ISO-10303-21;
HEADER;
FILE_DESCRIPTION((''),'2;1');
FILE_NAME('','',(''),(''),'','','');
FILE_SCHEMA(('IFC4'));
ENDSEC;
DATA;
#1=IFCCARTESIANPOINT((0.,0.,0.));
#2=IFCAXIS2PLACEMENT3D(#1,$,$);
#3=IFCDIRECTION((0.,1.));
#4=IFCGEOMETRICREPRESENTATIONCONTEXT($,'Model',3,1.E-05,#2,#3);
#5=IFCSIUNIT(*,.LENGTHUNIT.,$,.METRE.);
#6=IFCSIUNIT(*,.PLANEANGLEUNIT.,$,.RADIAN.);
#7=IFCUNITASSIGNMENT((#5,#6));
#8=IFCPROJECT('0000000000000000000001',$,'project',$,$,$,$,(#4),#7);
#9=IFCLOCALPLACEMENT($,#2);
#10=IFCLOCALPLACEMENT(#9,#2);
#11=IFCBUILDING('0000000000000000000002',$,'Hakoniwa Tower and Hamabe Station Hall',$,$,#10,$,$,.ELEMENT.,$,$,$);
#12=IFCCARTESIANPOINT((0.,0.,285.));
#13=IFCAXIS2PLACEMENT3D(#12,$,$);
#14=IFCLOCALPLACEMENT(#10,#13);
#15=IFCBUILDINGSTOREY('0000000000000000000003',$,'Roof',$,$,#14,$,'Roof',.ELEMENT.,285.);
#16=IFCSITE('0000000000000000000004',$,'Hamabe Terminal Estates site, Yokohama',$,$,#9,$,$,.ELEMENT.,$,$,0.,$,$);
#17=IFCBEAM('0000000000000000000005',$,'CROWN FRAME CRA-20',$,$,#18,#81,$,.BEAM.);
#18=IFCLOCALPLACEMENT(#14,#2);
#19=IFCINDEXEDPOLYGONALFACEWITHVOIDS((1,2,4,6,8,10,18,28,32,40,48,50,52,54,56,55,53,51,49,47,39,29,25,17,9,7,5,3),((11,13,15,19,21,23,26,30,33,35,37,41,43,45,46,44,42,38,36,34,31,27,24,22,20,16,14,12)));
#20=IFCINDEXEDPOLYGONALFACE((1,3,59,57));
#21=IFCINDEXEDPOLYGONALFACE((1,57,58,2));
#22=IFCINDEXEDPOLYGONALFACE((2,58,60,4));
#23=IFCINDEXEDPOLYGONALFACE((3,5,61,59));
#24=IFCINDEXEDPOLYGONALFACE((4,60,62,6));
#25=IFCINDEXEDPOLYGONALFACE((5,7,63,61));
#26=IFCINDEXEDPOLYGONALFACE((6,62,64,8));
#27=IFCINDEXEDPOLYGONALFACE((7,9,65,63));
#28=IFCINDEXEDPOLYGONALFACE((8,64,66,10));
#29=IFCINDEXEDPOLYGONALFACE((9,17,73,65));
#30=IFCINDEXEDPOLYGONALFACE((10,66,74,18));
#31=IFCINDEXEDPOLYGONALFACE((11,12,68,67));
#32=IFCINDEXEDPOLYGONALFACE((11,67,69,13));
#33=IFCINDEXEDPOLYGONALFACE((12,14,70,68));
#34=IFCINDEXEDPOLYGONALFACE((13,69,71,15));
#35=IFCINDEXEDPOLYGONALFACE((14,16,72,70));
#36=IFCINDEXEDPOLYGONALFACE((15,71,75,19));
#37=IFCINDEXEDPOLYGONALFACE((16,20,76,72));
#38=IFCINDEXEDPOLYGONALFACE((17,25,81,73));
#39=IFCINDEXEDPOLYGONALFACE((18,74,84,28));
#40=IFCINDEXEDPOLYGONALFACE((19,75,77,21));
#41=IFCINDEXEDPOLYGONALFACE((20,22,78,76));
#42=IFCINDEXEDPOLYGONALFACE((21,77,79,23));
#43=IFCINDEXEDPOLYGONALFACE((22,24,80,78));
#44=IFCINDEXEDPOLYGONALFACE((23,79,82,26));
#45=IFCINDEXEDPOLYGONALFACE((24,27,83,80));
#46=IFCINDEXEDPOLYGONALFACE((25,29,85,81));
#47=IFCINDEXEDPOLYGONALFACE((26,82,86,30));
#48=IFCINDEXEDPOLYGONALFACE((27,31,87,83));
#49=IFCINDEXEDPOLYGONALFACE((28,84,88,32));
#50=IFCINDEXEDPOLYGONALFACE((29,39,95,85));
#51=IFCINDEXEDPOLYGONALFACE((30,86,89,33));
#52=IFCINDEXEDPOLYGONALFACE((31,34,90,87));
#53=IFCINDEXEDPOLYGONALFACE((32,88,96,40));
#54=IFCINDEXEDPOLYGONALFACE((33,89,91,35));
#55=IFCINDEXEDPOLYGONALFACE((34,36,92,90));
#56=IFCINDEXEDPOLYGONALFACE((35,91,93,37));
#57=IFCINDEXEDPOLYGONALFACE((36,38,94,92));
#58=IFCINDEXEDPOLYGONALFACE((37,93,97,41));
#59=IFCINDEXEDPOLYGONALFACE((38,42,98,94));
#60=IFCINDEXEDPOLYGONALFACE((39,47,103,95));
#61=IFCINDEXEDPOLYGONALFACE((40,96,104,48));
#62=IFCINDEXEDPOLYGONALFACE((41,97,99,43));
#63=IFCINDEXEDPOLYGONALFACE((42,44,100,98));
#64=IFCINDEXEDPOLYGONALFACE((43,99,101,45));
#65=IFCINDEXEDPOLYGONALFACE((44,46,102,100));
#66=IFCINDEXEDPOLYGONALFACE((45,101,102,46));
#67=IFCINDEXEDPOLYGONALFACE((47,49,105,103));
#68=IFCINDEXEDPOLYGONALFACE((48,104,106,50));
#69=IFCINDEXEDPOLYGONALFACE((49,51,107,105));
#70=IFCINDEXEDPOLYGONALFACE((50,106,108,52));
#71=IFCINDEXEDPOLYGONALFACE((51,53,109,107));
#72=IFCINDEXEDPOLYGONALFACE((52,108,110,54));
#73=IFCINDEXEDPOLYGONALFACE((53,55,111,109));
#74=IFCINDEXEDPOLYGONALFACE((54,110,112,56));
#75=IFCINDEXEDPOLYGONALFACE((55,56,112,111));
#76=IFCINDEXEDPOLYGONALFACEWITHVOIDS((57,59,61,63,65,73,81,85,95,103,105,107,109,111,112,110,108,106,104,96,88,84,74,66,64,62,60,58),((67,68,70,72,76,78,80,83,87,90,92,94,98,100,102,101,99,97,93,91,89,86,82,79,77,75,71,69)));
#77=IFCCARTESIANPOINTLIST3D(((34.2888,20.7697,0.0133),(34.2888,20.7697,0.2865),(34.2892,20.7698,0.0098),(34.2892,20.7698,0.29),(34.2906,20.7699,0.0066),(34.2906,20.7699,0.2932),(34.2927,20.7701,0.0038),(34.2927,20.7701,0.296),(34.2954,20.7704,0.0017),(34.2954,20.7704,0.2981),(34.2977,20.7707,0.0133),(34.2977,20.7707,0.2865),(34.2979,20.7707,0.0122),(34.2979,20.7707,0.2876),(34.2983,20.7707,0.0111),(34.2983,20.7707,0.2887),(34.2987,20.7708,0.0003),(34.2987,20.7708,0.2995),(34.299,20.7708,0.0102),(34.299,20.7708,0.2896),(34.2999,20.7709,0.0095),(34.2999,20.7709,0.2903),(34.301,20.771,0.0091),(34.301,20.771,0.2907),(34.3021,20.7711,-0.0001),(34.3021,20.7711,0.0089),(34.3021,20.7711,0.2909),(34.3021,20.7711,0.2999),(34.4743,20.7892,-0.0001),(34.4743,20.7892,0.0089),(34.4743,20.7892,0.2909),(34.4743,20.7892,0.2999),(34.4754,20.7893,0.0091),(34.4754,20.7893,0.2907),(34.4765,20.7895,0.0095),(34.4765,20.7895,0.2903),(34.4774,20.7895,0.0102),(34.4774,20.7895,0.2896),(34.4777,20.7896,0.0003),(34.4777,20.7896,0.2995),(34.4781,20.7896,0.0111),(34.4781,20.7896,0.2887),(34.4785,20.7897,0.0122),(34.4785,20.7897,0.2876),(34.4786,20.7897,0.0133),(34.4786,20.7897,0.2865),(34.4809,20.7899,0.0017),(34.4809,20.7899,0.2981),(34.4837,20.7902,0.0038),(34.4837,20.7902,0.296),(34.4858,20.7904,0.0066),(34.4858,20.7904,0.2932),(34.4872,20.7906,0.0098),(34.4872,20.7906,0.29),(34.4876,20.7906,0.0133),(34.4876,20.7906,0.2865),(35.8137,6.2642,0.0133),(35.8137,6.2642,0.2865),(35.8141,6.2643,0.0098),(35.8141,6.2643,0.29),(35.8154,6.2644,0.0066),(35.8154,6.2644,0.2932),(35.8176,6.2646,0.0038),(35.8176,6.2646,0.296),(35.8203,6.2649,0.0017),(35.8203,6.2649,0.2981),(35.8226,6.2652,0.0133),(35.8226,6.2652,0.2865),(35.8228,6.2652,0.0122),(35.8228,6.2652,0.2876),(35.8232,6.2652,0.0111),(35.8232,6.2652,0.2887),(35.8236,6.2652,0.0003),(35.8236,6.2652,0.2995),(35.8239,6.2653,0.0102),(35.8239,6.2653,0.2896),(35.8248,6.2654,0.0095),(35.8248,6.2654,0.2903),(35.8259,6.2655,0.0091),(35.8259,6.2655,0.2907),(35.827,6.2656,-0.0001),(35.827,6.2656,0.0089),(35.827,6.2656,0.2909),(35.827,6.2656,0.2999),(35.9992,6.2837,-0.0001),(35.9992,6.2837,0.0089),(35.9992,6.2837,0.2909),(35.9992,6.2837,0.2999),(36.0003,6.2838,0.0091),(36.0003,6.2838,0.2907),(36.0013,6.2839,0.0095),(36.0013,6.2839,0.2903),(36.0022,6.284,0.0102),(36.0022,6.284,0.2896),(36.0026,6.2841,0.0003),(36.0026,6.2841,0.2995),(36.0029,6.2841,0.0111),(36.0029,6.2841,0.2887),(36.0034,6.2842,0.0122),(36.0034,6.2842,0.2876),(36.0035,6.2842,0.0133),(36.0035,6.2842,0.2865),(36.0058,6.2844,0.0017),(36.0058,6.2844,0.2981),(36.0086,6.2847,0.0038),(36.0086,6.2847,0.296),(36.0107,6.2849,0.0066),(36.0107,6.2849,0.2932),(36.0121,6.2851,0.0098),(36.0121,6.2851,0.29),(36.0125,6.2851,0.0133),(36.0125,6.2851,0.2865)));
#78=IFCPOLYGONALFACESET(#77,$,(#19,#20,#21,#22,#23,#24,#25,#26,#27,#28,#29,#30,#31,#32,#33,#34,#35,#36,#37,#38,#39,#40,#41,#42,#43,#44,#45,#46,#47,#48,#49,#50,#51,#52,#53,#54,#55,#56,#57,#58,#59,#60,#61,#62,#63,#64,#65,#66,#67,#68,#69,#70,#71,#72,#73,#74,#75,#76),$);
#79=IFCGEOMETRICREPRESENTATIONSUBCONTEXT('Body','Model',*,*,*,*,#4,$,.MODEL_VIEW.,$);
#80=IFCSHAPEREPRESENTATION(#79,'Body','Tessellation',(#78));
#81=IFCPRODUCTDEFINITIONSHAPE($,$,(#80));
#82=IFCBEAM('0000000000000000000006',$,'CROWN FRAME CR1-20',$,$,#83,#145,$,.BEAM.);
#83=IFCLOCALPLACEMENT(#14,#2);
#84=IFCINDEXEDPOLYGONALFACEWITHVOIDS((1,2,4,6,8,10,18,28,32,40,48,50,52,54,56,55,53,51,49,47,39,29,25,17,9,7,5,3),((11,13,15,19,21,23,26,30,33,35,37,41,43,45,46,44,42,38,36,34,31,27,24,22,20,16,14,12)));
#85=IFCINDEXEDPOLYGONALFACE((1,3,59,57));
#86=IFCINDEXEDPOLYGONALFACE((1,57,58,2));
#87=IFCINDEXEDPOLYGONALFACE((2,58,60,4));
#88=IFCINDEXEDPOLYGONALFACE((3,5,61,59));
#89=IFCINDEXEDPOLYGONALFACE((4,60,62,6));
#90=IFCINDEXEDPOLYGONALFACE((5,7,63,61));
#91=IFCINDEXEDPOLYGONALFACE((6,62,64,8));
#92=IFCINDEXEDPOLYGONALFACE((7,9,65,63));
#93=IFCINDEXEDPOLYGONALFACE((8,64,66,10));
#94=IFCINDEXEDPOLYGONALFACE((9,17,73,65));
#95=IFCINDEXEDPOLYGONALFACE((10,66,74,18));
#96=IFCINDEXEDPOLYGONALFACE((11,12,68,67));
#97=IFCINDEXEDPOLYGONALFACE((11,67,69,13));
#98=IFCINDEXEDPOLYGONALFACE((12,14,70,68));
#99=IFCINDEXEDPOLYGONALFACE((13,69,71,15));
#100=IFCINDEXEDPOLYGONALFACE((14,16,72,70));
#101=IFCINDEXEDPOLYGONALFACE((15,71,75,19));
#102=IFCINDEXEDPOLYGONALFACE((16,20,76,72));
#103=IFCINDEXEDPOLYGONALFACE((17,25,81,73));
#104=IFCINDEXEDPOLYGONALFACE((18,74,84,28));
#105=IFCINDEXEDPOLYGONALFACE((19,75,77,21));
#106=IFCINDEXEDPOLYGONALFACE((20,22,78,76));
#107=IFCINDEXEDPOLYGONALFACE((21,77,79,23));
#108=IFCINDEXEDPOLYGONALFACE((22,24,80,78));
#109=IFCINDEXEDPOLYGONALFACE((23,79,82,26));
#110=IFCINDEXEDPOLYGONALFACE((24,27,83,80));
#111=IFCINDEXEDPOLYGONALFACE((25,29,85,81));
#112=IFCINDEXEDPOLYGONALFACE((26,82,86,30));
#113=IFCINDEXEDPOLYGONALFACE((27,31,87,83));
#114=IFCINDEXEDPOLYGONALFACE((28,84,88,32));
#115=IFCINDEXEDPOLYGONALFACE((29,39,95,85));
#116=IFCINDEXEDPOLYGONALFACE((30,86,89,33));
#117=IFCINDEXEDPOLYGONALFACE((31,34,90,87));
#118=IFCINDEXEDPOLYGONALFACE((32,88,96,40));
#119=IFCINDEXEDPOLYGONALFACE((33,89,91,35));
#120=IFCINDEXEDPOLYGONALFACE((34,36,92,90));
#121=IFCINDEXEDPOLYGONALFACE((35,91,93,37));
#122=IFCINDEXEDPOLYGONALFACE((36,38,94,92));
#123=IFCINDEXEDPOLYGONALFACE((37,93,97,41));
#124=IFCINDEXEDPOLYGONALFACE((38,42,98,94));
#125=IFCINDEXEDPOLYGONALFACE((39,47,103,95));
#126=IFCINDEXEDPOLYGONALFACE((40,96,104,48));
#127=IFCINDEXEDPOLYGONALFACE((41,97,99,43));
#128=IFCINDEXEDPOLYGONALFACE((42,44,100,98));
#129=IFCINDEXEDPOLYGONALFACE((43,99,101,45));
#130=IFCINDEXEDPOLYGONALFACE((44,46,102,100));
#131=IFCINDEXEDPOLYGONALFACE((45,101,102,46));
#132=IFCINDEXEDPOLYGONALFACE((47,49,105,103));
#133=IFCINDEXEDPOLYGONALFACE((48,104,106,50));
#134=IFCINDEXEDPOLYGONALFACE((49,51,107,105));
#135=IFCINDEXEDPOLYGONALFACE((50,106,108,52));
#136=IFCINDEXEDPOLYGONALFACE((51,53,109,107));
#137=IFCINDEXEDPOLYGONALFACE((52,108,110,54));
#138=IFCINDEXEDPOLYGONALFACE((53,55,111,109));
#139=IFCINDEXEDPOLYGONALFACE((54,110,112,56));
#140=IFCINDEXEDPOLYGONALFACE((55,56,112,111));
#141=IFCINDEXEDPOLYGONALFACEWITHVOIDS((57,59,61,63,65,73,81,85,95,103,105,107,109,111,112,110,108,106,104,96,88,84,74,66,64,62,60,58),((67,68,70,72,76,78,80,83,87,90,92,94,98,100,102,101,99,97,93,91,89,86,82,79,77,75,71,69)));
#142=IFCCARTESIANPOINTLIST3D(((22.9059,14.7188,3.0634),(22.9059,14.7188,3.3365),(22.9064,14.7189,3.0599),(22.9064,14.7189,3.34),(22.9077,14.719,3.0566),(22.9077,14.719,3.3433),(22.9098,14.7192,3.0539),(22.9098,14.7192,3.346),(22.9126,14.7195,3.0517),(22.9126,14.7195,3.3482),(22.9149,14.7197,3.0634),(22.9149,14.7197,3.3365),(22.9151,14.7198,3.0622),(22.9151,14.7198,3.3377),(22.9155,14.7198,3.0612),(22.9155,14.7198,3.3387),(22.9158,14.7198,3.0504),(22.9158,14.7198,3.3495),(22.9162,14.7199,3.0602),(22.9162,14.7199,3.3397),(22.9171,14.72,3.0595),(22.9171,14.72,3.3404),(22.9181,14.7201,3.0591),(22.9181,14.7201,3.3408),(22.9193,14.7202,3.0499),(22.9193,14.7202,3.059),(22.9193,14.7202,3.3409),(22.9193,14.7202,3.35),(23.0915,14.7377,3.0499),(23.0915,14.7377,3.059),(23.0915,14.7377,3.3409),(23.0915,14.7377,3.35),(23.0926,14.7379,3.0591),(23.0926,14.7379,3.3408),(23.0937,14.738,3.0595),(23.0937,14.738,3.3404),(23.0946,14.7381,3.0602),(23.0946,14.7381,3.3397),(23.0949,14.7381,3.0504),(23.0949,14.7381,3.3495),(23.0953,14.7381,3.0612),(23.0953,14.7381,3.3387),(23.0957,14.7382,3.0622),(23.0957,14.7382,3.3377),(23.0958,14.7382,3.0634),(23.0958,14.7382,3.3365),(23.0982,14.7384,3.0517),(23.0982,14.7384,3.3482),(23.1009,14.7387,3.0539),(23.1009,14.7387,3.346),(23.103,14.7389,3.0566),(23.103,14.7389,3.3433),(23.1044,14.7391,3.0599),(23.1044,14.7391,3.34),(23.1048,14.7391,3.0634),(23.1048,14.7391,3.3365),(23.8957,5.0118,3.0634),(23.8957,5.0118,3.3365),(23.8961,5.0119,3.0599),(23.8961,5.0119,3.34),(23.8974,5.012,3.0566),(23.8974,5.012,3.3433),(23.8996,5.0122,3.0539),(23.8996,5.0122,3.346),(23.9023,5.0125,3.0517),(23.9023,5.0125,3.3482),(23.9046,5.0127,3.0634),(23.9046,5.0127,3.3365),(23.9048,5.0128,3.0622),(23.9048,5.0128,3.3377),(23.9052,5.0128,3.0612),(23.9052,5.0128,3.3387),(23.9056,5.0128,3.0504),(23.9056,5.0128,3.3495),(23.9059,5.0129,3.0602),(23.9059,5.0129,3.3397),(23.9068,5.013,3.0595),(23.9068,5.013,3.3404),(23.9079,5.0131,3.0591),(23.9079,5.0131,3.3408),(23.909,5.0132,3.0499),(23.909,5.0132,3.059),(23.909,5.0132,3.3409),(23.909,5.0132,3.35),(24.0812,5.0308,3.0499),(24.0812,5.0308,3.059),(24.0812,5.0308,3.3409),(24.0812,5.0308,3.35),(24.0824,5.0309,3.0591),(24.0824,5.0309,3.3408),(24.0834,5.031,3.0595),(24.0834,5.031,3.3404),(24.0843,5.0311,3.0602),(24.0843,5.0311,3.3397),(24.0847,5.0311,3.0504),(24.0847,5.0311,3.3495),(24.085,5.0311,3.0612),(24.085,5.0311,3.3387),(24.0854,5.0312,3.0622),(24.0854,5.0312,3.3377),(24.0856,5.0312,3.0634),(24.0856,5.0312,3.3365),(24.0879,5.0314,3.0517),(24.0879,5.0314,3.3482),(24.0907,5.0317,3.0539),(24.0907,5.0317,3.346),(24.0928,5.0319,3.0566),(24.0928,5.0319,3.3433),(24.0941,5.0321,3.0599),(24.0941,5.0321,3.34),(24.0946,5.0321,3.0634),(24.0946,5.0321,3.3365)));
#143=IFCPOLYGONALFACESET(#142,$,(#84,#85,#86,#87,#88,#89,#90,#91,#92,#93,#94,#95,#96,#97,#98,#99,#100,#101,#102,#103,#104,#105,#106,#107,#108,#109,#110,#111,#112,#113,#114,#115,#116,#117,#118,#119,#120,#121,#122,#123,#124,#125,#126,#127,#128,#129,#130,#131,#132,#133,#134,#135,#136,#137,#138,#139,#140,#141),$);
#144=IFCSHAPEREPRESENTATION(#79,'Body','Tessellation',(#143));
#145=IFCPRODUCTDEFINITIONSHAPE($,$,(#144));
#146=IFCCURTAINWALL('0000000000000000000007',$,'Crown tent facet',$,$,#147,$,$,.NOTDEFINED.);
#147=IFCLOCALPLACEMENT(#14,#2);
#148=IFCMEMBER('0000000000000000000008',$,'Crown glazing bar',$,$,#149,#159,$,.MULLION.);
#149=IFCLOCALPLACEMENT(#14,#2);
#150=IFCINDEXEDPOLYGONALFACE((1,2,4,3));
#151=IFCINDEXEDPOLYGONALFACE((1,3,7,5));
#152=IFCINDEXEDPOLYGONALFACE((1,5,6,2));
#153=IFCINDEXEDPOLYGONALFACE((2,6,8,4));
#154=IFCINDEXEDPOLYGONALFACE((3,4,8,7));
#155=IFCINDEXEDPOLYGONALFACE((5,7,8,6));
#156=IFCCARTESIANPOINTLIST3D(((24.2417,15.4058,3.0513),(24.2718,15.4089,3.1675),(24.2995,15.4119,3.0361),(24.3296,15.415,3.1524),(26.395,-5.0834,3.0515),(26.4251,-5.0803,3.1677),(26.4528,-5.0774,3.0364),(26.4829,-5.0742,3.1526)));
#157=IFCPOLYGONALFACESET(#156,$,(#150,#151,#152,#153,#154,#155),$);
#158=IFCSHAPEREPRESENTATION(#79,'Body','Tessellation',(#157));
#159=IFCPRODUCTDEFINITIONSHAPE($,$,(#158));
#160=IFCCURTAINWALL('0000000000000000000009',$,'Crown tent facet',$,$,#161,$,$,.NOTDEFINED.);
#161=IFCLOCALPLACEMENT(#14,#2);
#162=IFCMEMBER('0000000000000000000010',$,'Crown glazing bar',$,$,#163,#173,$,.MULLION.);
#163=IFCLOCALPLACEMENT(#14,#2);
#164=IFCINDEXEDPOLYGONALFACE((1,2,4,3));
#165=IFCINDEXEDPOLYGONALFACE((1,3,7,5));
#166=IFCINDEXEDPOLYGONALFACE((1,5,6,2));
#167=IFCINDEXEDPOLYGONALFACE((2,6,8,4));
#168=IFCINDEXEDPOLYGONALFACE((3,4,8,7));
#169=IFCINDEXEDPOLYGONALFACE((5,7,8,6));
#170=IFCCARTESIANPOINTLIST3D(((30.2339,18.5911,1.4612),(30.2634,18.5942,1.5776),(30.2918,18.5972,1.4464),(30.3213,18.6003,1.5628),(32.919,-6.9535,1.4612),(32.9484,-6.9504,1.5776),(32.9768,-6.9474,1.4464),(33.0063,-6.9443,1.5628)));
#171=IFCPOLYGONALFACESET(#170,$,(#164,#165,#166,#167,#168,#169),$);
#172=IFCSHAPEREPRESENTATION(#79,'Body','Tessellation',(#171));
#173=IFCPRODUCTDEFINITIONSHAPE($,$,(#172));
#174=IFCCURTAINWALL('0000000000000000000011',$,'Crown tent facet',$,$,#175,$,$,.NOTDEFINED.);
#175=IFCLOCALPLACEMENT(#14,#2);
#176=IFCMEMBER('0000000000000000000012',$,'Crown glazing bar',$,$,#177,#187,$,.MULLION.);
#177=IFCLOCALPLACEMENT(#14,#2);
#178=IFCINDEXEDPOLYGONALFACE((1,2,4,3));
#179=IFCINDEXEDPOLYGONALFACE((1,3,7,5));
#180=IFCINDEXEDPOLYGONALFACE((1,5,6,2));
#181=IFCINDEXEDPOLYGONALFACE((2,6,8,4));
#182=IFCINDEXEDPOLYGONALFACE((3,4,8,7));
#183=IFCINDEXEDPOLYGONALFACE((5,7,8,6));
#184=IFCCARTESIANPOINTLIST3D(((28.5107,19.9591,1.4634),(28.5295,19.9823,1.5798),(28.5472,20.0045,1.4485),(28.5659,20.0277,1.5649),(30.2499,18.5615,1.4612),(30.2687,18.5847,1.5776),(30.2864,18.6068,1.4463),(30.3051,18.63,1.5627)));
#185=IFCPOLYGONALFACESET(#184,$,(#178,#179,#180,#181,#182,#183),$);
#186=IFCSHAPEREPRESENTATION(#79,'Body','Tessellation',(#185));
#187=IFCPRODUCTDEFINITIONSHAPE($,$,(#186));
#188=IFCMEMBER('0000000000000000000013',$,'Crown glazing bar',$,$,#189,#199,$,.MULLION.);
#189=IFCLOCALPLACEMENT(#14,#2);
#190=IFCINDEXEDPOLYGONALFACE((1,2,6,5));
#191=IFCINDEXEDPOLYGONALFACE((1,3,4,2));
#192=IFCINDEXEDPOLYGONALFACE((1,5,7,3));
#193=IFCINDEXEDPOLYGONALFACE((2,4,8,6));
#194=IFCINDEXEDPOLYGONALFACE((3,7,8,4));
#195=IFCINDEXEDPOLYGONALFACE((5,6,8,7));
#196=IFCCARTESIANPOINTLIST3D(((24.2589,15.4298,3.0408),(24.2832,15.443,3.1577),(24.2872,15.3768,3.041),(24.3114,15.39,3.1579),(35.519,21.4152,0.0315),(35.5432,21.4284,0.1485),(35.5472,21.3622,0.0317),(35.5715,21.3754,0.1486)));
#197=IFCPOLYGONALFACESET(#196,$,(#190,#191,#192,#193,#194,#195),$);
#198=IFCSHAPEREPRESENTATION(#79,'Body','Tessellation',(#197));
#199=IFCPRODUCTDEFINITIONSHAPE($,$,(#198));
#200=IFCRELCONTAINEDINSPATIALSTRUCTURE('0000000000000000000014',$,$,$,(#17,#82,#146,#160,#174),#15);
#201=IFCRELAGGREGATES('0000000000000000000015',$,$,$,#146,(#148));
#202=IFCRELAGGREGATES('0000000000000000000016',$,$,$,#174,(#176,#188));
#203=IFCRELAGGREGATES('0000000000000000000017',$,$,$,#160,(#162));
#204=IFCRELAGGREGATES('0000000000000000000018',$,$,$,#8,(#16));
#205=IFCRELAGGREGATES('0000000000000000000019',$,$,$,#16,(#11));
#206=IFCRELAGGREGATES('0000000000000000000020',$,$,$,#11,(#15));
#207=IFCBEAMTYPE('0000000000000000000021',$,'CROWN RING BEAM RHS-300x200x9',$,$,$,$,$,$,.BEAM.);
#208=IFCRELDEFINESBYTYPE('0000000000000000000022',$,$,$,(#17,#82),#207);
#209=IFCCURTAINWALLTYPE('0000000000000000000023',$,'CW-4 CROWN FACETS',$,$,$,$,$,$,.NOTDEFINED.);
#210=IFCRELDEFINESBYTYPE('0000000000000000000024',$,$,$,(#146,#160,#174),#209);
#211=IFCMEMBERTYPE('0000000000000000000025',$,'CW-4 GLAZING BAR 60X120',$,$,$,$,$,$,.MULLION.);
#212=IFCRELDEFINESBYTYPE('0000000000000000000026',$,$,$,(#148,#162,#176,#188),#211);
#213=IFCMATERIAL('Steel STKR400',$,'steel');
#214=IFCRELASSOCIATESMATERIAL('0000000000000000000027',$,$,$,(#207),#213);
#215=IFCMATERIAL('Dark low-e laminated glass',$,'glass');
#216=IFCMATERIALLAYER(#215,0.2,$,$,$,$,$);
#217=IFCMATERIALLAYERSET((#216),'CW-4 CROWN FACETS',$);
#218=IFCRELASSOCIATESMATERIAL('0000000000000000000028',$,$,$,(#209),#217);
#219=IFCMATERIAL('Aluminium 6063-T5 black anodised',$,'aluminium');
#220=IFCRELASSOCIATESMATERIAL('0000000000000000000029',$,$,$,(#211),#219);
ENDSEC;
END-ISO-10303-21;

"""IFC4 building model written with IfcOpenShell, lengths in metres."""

from ifc_helpers import new_model, si_unit, direction, frame, origin, origin_2d, place, context, subcontext, project, spatial, rectangle, hollow_rectangle, extrude, material, layer, layer_set, material_profile, profile_set, type_object, element, aggregate, save


model = new_model("IFC4")

# Units and contexts
model_context = context("Model", 3, precision=1e-05, world=origin(), true_north=direction((0.0, 1.0)))
body_context = subcontext(model_context, "Body", "Model", "MODEL_VIEW")
ifc_project = project(units=[si_unit("LENGTHUNIT", "METRE"), si_unit("PLANEANGLEUNIT", "RADIAN")], contexts=[model_context])

# Site, building, storey
site_placement = place(None, origin())
site = spatial("IfcSite", under=ifc_project, at=site_placement, Name="Hamabe Terminal Estates site, Yokohama", CompositionType="ELEMENT", RefElevation=0.0)
building_placement = place(site_placement, origin())
building = spatial("IfcBuilding", under=site, at=building_placement, Name="Hakoniwa Tower and Hamabe Station Hall", CompositionType="ELEMENT")
storey_placement = place(building_placement, frame((0.0, 0.0, 285.0)))
storey = spatial("IfcBuildingStorey", under=building, at=storey_placement, Name="Roof", LongName="Roof", CompositionType="ELEMENT", Elevation=285.0)

# Beams
ifc_material_1 = material(Name="Steel STKR400", Category="steel")
ifc_material_profile_1 = material_profile(ifc_material_1, hollow_rectangle(XDim=0.2, YDim=0.3, WallThickness=0.009, InnerFilletRadius=0.0044, OuterFilletRadius=0.0134, at=origin_2d()), Name="RHS-300x200x9")
ifc_profile_set_1 = profile_set([ifc_material_profile_1], Name="Steel STKR400")
beam_type = type_object("IfcBeamType", Name="CROWN RING BEAM RHS-300x200x9", PredefinedType="BEAM", material=ifc_profile_set_1)
beam_1_placement = place(storey_placement, frame((35.9131, 6.2747, 0.1499), z_axis=(-0.104549, 0.99452, 0.0), x_axis=(-0.99452, -0.104549, 0.0)))
element("IfcBeam", 1, at=beam_1_placement, inside=storey, type_object=beam_type, Name="CROWN FRAME CRA-20", PredefinedType="BEAM", context=body_context, shape_type="SweptSolid", body=[
    extrude(hollow_rectangle(XDim=0.2, YDim=0.3, WallThickness=0.009, InnerFilletRadius=0.0044, OuterFilletRadius=0.0134, at=origin_2d()), origin(), (0.0, 0.0, 1.0), 14.5854),
])
beam_2_placement = place(storey_placement, frame((23.9951, 5.022, 3.2), z_axis=(-0.101436, 0.994842, 0.0), x_axis=(-0.994842, -0.101436, 0.0)))
element("IfcBeam", 2, at=beam_2_placement, inside=storey, type_object=beam_type, Name="CROWN FRAME CR1-20", PredefinedType="BEAM", context=body_context, shape_type="SweptSolid", body=[
    extrude(hollow_rectangle(XDim=0.2, YDim=0.3, WallThickness=0.009, InnerFilletRadius=0.0044, OuterFilletRadius=0.0134, at=origin_2d()), origin(), (0.0, 0.0, 1.0), 9.7573),
])

# Curtain walls, members
ifc_material_2 = material(Name="Dark low-e laminated glass", Category="glass")
ifc_layer_1 = layer(ifc_material_2, 0.2)
ifc_layer_set_1 = layer_set([ifc_layer_1], Name="CW-4 CROWN FACETS")
curtain_wall_type = type_object("IfcCurtainWallType", Name="CW-4 CROWN FACETS", PredefinedType="NOTDEFINED", material=ifc_layer_set_1)
curtain_wall_1_placement = place(storey_placement, origin())
curtain_wall_1 = element("IfcCurtainWall", 3, at=curtain_wall_1_placement, inside=storey, type_object=curtain_wall_type, Name="Crown tent facet", PredefinedType="NOTDEFINED")
ifc_material_3 = material(Name="Aluminium 6063-T5 black anodised", Category="aluminium")
ifc_material_profile_2 = material_profile(ifc_material_3, rectangle(XDim=0.0601, YDim=0.1201, at=origin_2d()), Name="CW-4 GLAZING BAR 60X120")
ifc_profile_set_2 = profile_set([ifc_material_profile_2], Name="Aluminium 6063-T5 black anodised")
member_type_1 = type_object("IfcMemberType", Name="CW-4 GLAZING BAR 60X120", PredefinedType="MULLION", material=ifc_profile_set_2)
member_1_placement = place(storey_placement, frame((24.2856, 15.4104, 3.1018), z_axis=(0.104519, -0.994523, 0.000012), x_axis=(0.962419, 0.101142, -0.252033)))
member_1 = element("IfcMember", 4, at=member_1_placement, type_object=member_type_1, Name="Crown glazing bar", PredefinedType="MULLION", context=body_context, shape_type="SweptSolid", body=[
    extrude(rectangle(XDim=0.0601, YDim=0.1201, at=origin_2d()), origin(), (0.0, 0.0, 1.0), 20.6021),
])
aggregate(curtain_wall_1, [member_1])
curtain_wall_2_placement = place(storey_placement, origin())
curtain_wall_2 = element("IfcCurtainWall", 5, at=curtain_wall_2_placement, inside=storey, type_object=curtain_wall_type, Name="Crown tent facet", PredefinedType="NOTDEFINED")
member_2_placement = place(storey_placement, frame((30.2776, 18.5957, 1.512), z_axis=(0.104536, -0.994521, 0.0), x_axis=(0.963795, 0.101307, -0.24665)))
member_2 = element("IfcMember", 6, at=member_2_placement, type_object=member_type_1, Name="Crown glazing bar", PredefinedType="MULLION", context=body_context, shape_type="SweptSolid", body=[
    extrude(rectangle(XDim=0.0601, YDim=0.1201, at=origin_2d()), origin(), (0.0, 0.0, 1.0), 25.6853),
])

# Curtain wall, members
curtain_wall_3_placement = place(storey_placement, origin())
curtain_wall_3 = element("IfcCurtainWall", 7, at=curtain_wall_3_placement, inside=storey, type_object=curtain_wall_type, Name="Crown tent facet", PredefinedType="NOTDEFINED")
member_3_placement = place(storey_placement, frame((28.5383, 19.9934, 1.5142), z_axis=(0.779489, -0.626415, -0.000985), x_axis=(0.6066, 0.755223, -0.248343)))
member_3 = element("IfcMember", 8, at=member_3_placement, type_object=member_type_1, Name="Crown glazing bar", PredefinedType="MULLION", context=body_context, shape_type="SweptSolid", body=[
    extrude(rectangle(XDim=0.0601, YDim=0.1201, at=origin_2d()), origin(), (0.0, 0.0, 1.0), 2.2312),
])
member_4_placement = place(storey_placement, frame((24.2852, 15.4099, 3.0994), z_axis=(0.859398, 0.45682, -0.229677), x_axis=(-0.469845, 0.882746, -0.002297)))
member_4 = element("IfcMember", 9, at=member_4_placement, type_object=member_type_1, Name="Crown glazing bar", PredefinedType="MULLION", context=body_context, shape_type="SweptSolid", body=[
    extrude(rectangle(XDim=0.0601, YDim=0.1201, at=origin_2d()), origin(), (0.0, 0.0, 1.0), 13.1023),
])

aggregate(curtain_wall_3, [member_3, member_4])

aggregate(curtain_wall_2, [member_2])

save(model, "model.ifc")
